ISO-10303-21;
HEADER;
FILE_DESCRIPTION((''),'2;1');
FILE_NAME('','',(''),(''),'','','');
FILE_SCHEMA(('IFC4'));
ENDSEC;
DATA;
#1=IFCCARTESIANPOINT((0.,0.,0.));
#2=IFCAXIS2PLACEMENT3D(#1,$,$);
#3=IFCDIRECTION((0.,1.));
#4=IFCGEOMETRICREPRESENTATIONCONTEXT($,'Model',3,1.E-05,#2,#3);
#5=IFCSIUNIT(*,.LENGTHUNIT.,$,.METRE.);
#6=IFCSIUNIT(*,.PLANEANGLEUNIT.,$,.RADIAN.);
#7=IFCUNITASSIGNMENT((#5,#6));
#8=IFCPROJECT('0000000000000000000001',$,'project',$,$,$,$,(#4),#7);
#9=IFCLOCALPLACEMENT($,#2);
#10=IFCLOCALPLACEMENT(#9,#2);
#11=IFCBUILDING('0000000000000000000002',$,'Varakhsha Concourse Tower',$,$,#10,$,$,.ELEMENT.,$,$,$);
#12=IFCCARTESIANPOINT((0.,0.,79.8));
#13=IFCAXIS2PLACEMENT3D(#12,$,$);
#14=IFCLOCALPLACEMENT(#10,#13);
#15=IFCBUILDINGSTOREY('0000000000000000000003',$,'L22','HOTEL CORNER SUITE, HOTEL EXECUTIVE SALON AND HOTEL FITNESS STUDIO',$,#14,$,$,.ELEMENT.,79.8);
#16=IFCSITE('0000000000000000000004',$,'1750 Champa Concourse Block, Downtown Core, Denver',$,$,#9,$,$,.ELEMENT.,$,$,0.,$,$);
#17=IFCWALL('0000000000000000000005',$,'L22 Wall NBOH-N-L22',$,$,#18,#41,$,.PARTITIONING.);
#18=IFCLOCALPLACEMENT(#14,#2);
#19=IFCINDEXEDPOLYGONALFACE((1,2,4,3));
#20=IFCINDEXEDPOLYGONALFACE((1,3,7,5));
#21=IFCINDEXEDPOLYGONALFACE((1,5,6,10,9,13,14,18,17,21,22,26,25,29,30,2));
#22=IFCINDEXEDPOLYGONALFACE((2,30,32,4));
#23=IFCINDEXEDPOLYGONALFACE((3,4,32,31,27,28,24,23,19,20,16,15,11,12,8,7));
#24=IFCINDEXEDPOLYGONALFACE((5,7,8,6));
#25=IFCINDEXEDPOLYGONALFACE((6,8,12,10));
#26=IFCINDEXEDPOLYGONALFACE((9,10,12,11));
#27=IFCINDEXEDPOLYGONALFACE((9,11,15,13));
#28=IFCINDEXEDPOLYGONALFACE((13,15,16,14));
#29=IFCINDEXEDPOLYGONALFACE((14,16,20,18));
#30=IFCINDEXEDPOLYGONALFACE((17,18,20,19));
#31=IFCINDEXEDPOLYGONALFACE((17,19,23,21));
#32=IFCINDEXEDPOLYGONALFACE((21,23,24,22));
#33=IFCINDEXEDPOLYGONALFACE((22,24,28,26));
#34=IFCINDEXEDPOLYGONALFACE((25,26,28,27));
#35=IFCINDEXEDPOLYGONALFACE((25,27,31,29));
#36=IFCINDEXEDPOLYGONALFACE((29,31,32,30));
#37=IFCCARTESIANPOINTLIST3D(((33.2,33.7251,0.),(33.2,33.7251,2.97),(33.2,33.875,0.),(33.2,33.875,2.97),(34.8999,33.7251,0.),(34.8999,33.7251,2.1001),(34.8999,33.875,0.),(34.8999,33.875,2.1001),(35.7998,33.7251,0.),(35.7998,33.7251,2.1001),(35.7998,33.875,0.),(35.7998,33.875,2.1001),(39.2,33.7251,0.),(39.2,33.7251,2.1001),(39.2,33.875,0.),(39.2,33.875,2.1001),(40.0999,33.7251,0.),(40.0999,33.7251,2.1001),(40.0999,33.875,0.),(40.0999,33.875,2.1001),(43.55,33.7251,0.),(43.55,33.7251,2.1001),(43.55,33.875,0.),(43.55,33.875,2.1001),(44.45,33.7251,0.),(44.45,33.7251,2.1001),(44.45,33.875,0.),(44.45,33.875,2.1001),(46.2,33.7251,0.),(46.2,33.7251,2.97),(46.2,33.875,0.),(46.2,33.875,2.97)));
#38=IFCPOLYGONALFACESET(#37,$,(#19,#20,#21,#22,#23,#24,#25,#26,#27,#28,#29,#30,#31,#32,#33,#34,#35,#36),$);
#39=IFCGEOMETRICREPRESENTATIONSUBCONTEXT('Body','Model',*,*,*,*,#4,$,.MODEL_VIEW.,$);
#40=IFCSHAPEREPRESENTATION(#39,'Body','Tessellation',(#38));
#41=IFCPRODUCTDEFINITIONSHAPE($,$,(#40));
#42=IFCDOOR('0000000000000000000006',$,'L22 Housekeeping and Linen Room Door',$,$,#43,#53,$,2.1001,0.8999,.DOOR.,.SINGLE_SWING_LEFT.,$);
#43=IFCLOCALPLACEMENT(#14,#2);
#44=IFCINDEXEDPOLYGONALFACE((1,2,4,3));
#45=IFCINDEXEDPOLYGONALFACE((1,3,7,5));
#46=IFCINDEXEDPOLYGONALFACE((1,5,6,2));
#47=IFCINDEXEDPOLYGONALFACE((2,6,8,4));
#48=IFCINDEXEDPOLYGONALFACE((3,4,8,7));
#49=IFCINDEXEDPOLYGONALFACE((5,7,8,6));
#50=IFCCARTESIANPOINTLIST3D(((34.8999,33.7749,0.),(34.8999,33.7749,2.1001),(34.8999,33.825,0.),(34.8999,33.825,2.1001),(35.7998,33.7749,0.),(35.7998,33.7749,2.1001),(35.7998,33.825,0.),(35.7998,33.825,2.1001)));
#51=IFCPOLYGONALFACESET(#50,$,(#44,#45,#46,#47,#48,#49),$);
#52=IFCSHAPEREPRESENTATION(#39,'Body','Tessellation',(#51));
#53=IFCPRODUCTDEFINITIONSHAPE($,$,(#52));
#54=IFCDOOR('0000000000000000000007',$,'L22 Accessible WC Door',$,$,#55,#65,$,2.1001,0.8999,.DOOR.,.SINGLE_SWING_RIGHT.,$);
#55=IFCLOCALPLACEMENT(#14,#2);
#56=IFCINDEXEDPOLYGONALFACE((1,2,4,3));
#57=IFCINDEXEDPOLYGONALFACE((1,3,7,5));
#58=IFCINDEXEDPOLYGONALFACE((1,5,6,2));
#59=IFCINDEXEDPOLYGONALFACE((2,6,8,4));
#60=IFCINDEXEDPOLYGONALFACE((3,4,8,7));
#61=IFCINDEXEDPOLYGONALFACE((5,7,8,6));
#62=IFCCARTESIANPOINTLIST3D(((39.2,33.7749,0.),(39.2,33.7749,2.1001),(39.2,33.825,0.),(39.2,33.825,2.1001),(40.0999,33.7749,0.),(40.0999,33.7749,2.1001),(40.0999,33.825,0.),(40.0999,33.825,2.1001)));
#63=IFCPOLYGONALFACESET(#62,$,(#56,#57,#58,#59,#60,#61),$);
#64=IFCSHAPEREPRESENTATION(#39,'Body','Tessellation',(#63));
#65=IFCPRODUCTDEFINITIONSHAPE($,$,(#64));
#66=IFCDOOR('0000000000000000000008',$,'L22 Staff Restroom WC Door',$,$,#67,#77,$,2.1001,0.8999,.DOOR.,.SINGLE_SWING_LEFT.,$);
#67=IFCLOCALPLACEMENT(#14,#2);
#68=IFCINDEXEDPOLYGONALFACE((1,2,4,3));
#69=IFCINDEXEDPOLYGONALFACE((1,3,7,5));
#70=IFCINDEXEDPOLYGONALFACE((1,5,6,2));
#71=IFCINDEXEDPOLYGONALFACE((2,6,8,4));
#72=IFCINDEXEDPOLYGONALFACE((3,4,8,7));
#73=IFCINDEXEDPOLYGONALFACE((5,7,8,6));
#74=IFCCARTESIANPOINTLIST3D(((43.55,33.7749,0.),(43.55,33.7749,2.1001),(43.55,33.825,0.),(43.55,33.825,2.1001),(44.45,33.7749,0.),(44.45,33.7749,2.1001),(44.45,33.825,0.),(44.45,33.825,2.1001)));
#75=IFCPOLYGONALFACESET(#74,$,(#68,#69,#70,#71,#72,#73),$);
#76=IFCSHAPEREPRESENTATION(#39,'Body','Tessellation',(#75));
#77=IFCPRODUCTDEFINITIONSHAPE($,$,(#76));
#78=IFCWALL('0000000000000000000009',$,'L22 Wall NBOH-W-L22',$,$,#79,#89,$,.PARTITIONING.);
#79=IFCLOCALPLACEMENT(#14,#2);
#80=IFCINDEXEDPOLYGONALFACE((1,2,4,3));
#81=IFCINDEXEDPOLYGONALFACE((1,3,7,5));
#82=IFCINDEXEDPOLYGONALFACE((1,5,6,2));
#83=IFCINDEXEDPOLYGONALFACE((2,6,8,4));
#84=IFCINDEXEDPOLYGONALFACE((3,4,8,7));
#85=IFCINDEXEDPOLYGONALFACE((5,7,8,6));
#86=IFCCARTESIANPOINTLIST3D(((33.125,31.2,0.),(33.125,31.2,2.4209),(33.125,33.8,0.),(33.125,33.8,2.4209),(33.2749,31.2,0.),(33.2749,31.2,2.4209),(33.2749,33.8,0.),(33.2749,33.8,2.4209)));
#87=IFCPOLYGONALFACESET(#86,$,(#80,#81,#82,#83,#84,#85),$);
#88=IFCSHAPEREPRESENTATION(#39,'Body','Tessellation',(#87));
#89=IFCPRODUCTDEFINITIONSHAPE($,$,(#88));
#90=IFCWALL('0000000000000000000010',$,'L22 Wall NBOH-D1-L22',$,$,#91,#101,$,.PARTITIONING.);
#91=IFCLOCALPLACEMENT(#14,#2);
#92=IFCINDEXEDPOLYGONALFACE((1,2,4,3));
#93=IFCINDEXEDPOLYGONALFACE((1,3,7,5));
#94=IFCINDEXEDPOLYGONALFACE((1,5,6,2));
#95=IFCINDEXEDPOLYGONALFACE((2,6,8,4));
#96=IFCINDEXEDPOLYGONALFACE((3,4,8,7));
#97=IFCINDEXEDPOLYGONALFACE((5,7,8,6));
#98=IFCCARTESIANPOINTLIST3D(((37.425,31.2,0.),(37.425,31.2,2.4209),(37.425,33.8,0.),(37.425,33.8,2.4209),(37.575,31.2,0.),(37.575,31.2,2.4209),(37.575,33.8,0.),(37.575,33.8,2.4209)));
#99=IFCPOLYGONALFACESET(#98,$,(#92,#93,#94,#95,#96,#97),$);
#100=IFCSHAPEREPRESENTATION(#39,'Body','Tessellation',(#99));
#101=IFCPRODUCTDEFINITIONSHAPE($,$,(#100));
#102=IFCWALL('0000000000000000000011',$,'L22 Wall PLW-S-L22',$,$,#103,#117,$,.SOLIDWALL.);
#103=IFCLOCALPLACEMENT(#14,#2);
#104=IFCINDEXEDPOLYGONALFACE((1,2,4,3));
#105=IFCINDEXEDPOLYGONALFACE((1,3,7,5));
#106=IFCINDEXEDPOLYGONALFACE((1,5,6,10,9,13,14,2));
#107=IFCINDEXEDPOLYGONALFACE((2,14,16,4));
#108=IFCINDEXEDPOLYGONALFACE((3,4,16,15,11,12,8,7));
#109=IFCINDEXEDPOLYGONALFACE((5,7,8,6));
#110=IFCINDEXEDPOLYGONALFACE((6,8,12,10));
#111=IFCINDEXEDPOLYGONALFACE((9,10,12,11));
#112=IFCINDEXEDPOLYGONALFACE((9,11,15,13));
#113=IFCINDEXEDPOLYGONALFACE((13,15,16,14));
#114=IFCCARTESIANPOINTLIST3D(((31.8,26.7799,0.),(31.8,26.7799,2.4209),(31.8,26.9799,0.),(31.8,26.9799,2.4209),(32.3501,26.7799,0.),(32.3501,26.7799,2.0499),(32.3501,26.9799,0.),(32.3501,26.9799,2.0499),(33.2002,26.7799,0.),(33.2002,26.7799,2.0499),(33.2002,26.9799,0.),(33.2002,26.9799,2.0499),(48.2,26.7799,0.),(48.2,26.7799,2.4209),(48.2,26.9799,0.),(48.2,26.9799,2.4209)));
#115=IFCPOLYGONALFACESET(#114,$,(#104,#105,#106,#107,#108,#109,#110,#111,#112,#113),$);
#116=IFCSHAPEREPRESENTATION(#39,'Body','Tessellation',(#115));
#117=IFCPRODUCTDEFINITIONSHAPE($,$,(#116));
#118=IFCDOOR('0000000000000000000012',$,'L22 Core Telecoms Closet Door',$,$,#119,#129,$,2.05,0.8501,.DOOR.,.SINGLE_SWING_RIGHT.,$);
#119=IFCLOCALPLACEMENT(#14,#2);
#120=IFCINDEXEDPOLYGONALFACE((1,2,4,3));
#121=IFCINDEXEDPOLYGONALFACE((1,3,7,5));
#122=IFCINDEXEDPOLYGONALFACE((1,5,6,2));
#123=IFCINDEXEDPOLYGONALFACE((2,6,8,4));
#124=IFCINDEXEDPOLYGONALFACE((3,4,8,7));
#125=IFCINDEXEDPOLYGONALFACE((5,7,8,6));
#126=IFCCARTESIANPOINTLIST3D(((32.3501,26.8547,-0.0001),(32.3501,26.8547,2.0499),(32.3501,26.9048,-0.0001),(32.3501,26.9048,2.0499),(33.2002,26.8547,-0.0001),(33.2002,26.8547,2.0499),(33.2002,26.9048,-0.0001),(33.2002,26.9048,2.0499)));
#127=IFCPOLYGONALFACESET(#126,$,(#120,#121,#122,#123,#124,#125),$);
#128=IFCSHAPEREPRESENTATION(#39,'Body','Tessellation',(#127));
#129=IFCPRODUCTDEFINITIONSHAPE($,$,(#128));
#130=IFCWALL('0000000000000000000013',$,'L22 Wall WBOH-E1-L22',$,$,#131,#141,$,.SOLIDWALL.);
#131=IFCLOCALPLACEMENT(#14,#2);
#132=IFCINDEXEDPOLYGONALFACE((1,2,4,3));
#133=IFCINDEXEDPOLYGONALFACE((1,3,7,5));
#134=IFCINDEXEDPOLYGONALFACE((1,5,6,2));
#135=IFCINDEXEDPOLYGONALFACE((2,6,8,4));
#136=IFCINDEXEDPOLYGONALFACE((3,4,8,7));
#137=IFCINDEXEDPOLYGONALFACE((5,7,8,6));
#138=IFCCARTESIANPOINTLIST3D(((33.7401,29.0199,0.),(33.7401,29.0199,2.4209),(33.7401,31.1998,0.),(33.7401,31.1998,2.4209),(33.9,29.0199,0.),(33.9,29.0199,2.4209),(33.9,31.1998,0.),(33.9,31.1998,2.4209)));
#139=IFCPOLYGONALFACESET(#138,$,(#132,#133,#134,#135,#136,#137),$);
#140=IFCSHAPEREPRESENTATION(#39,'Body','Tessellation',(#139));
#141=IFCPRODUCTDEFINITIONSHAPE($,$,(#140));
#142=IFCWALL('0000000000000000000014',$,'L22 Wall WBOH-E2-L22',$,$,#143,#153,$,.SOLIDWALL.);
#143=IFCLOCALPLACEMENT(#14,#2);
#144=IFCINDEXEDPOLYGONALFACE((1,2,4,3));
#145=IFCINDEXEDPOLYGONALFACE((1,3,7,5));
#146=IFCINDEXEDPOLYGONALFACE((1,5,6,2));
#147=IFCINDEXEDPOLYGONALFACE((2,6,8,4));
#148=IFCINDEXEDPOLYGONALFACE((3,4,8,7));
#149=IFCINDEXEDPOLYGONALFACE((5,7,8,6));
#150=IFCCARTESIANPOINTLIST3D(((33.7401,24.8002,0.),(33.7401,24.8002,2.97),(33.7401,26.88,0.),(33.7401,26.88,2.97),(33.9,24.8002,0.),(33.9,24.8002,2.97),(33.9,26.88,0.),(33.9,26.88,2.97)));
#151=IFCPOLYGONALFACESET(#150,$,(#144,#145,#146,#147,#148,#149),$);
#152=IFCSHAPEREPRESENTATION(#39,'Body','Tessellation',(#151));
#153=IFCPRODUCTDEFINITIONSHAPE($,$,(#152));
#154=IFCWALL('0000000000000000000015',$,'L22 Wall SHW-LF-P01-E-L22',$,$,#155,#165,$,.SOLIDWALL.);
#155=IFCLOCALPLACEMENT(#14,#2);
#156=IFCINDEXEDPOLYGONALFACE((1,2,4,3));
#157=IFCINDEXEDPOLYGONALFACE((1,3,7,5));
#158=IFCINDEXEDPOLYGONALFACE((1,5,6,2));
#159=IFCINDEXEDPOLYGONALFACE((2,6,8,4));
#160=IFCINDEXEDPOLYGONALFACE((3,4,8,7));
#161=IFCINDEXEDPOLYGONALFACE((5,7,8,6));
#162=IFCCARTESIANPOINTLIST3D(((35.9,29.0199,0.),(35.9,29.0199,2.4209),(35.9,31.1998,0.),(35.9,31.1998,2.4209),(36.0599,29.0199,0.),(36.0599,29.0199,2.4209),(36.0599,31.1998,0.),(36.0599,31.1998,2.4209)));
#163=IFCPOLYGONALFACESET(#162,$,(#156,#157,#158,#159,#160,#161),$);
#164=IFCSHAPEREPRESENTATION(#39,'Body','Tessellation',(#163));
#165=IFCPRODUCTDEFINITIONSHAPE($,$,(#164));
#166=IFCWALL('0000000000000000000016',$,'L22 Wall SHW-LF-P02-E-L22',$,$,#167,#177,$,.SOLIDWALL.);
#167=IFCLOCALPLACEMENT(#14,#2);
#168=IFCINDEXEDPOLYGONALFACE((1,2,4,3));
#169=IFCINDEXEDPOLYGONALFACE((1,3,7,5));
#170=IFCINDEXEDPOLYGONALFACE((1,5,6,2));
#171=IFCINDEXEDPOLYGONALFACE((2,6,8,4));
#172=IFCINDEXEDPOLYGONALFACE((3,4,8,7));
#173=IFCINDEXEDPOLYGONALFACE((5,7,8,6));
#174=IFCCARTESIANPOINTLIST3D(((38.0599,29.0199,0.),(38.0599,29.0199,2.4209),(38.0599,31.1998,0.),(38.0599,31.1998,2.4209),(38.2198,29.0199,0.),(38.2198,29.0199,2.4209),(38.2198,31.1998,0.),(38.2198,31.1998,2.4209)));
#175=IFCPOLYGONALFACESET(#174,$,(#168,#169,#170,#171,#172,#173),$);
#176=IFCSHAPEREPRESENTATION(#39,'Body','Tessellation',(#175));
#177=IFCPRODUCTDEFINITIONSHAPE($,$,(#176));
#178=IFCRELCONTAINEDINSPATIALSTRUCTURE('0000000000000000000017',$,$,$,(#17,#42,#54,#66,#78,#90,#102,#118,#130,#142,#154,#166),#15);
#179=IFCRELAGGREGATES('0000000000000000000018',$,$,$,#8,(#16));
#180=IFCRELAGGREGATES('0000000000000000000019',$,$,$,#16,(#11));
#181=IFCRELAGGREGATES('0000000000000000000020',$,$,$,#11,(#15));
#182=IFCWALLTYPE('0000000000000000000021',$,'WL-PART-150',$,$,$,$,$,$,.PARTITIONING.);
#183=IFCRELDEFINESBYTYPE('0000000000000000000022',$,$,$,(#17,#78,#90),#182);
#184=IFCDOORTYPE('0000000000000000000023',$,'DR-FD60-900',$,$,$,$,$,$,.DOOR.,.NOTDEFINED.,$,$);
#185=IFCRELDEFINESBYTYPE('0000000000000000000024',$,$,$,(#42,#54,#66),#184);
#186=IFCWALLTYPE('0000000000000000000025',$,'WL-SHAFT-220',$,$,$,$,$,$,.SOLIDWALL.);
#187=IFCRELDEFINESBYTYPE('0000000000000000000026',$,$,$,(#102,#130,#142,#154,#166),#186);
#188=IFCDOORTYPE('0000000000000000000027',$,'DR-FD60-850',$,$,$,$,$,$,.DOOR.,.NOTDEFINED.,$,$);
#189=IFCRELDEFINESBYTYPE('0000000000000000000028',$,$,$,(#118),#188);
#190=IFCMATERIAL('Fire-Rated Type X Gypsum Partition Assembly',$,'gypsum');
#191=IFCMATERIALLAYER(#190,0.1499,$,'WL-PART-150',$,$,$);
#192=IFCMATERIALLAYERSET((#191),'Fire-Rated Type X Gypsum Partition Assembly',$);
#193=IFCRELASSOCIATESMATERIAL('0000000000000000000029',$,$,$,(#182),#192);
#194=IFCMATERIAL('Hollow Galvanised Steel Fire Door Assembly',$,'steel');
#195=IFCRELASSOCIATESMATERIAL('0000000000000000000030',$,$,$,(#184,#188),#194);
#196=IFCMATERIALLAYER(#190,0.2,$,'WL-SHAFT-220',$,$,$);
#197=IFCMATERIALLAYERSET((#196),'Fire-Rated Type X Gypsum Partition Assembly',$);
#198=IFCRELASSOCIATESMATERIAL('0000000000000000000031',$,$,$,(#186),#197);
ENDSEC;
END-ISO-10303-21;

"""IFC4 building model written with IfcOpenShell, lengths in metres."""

from ifc_helpers import new_model, si_unit, direction, frame, frame_2d, origin, place, context, subcontext, project, spatial, rectangle, extrude, material, layer, layer_set, type_object, element, fill, save


model = new_model("IFC4")

# Units and contexts
model_context = context("Model", 3, precision=1e-05, world=origin(), true_north=direction((0.0, 1.0)))
body_context = subcontext(model_context, "Body", "Model", "MODEL_VIEW")
ifc_project = project(units=[si_unit("LENGTHUNIT", "METRE"), si_unit("PLANEANGLEUNIT", "RADIAN")], contexts=[model_context])

# Site, building, storey
site_placement = place(None, origin())
site = spatial("IfcSite", under=ifc_project, at=site_placement, Name="1750 Champa Concourse Block, Downtown Core, Denver", CompositionType="ELEMENT", RefElevation=0.0)
building_placement = place(site_placement, origin())
building = spatial("IfcBuilding", under=site, at=building_placement, Name="Varakhsha Concourse Tower", CompositionType="ELEMENT")
storey_placement = place(building_placement, frame((0.0, 0.0, 79.8)))
storey = spatial("IfcBuildingStorey", under=building, at=storey_placement, Name="L22", Description="HOTEL CORNER SUITE, HOTEL EXECUTIVE SALON AND HOTEL FITNESS STUDIO", CompositionType="ELEMENT", Elevation=79.8)

# Wall, openings, doors
ifc_material_1 = material(Name="Fire-Rated Type X Gypsum Partition Assembly", Category="gypsum")
ifc_layer_1 = layer(ifc_material_1, 0.1499, Name="WL-PART-150")
ifc_layer_set_1 = layer_set([ifc_layer_1], Name="Fire-Rated Type X Gypsum Partition Assembly")
wall_type_1 = type_object("IfcWallType", Name="WL-PART-150", PredefinedType="PARTITIONING", material=ifc_layer_set_1)
wall_1_placement = place(storey_placement, frame((33.2, 33.8, 0.0), z_axis=(0.0, 0.0, 1.0), x_axis=(1.0, 0.0, 0.0)))
wall_1 = element("IfcWall", 1, at=wall_1_placement, inside=storey, type_object=wall_type_1, Name="L22 Wall NBOH-N-L22", PredefinedType="PARTITIONING", context=body_context, shape_type="SweptSolid", body=[
    extrude(rectangle(XDim=13.0, YDim=0.1499, at=frame_2d((6.5, 0.0))), origin(), (0.0, 0.0, 1.0), 2.97),
])
opening_1_placement = place(wall_1_placement, frame((1.7, 0.0, 0.0)))
opening_1 = element("IfcOpeningElement", 2, at=opening_1_placement, cuts=wall_1, PredefinedType="OPENING", context=body_context, shape_type="SweptSolid", body=[
    extrude(rectangle(XDim=0.8999, YDim=2.1001, at=frame_2d((0.45, 1.05))), frame((0.0, 0.085, 0.0), z_axis=(0.0, -1.0, 0.0), x_axis=(1.0, 0.0, 0.0)), (0.0, 0.0, 1.0), 0.1699),
])
opening_2_placement = place(wall_1_placement, frame((6.0, 0.0, 0.0)))
opening_2 = element("IfcOpeningElement", 3, at=opening_2_placement, cuts=wall_1, PredefinedType="OPENING", context=body_context, shape_type="SweptSolid", body=[
    extrude(rectangle(XDim=0.8999, YDim=2.1001, at=frame_2d((0.45, 1.05))), frame((0.0, 0.085, 0.0), z_axis=(0.0, -1.0, 0.0), x_axis=(1.0, 0.0, 0.0)), (0.0, 0.0, 1.0), 0.1699),
])
opening_3_placement = place(wall_1_placement, frame((10.3501, 0.0, 0.0)))
opening_3 = element("IfcOpeningElement", 4, at=opening_3_placement, cuts=wall_1, PredefinedType="OPENING", context=body_context, shape_type="SweptSolid", body=[
    extrude(rectangle(XDim=0.8999, YDim=2.1001, at=frame_2d((0.45, 1.05))), frame((0.0, 0.085, 0.0), z_axis=(0.0, -1.0, 0.0), x_axis=(1.0, 0.0, 0.0)), (0.0, 0.0, 1.0), 0.1699),
])
ifc_material_2 = material(Name="Hollow Galvanised Steel Fire Door Assembly", Category="steel")
door_type_1 = type_object("IfcDoorType", Name="DR-FD60-900", OperationType="NOTDEFINED", PredefinedType="DOOR", material=ifc_material_2)
door_1_placement = place(opening_1_placement, origin())
door_1 = element("IfcDoor", 5, at=door_1_placement, inside=storey, type_object=door_type_1, Name="L22 Housekeeping and Linen Room Door", OperationType="SINGLE_SWING_LEFT", OverallHeight=2.1001, OverallWidth=0.8999, PredefinedType="DOOR", context=body_context, shape_type="SweptSolid", body=[
    extrude(rectangle(XDim=0.8999, YDim=2.1001, at=frame_2d((0.45, 1.05))), frame((0.0, 0.0249, 0.0), z_axis=(0.0, -1.0, 0.0), x_axis=(1.0, 0.0, 0.0)), (0.0, 0.0, 1.0), 0.05),
])
fill(opening_1, door_1)
door_2_placement = place(opening_2_placement, origin())
door_2 = element("IfcDoor", 6, at=door_2_placement, inside=storey, type_object=door_type_1, Name="L22 Accessible WC Door", OperationType="SINGLE_SWING_RIGHT", OverallHeight=2.1001, OverallWidth=0.8999, PredefinedType="DOOR", context=body_context, shape_type="SweptSolid", body=[
    extrude(rectangle(XDim=0.8999, YDim=2.1001, at=frame_2d((0.45, 1.05))), frame((0.0, 0.0249, 0.0), z_axis=(0.0, -1.0, 0.0), x_axis=(1.0, 0.0, 0.0)), (0.0, 0.0, 1.0), 0.05),
])
fill(opening_2, door_2)
door_3_placement = place(opening_3_placement, origin())
door_3 = element("IfcDoor", 7, at=door_3_placement, inside=storey, type_object=door_type_1, Name="L22 Staff Restroom WC Door", OperationType="SINGLE_SWING_LEFT", OverallHeight=2.1001, OverallWidth=0.8999, PredefinedType="DOOR", context=body_context, shape_type="SweptSolid", body=[
    extrude(rectangle(XDim=0.8999, YDim=2.1001, at=frame_2d((0.45, 1.05))), frame((0.0, 0.0249, 0.0), z_axis=(0.0, -1.0, 0.0), x_axis=(1.0, 0.0, 0.0)), (0.0, 0.0, 1.0), 0.05),
])
fill(opening_3, door_3)

# Walls
for number, where, z_axis, x_axis, name in (
    (8, (33.2, 31.2, 0.0), (0.0, 0.0, 1.0), (0.0, 1.0, 0.0), "L22 Wall NBOH-W-L22"),
    (9, (37.5, 31.2, 0.0), (0.0, 0.0, 1.0), (0.0, 1.0, 0.0), "L22 Wall NBOH-D1-L22"),
):
    element("IfcWall", number, at=place(storey_placement, frame(where, z_axis=z_axis, x_axis=x_axis)), inside=storey, type_object=wall_type_1, Name=name, PredefinedType="PARTITIONING", context=body_context, shape_type="SweptSolid", body=[
        extrude(rectangle(XDim=2.6001, YDim=0.1499, at=frame_2d((1.3, 0.0))), origin(), (0.0, 0.0, 1.0), 2.4209),
    ])

# Shared definitions
ifc_layer_2 = layer(ifc_material_1, 0.2, Name="WL-SHAFT-220")
ifc_layer_set_2 = layer_set([ifc_layer_2], Name="Fire-Rated Type X Gypsum Partition Assembly")
wall_type_2 = type_object("IfcWallType", Name="WL-SHAFT-220", PredefinedType="SOLIDWALL", material=ifc_layer_set_2)

# Wall, opening, door
wall_2_placement = place(storey_placement, frame((31.8, 26.8799, 0.0), z_axis=(0.0, 0.0, 1.0), x_axis=(1.0, 0.0, 0.0)))
wall_2 = element("IfcWall", 10, at=wall_2_placement, inside=storey, type_object=wall_type_2, Name="L22 Wall PLW-S-L22", PredefinedType="SOLIDWALL", context=body_context, shape_type="SweptSolid", body=[
    extrude(rectangle(XDim=16.3999, YDim=0.2, at=frame_2d((8.2, 0.0))), origin(), (0.0, 0.0, 1.0), 2.4209),
])
opening_4_placement = place(wall_2_placement, frame((0.55, 0.0, 0.0)))
opening_4 = element("IfcOpeningElement", 11, at=opening_4_placement, cuts=wall_2, PredefinedType="OPENING", context=body_context, shape_type="SweptSolid", body=[
    extrude(rectangle(XDim=0.8501, YDim=2.05, at=frame_2d((0.425, 1.0249))), frame((0.0, 0.1099, 0.0), z_axis=(0.0, -1.0, 0.0), x_axis=(1.0, 0.0, 0.0)), (0.0, 0.0, 1.0), 0.22),
])
door_type_2 = type_object("IfcDoorType", Name="DR-FD60-850", OperationType="NOTDEFINED", PredefinedType="DOOR", material=ifc_material_2)
door_4_placement = place(opening_4_placement, origin())
door_4 = element("IfcDoor", 12, at=door_4_placement, inside=storey, type_object=door_type_2, Name="L22 Core Telecoms Closet Door", OperationType="SINGLE_SWING_RIGHT", OverallHeight=2.05, OverallWidth=0.8501, PredefinedType="DOOR", context=body_context, shape_type="SweptSolid", body=[
    extrude(rectangle(XDim=0.8501, YDim=2.05, at=frame_2d((0.425, 1.0249))), frame((0.0, 0.0249, 0.0), z_axis=(0.0, -1.0, 0.0), x_axis=(1.0, 0.0, 0.0)), (0.0, 0.0, 1.0), 0.05),
])
fill(opening_4, door_4)

# Walls
wall_3_placement = place(storey_placement, frame((33.8201, 29.02, 0.0), z_axis=(0.0, 0.0, 1.0), x_axis=(0.0, 1.0, 0.0)))
element("IfcWall", 13, at=wall_3_placement, inside=storey, type_object=wall_type_2, Name="L22 Wall WBOH-E1-L22", PredefinedType="SOLIDWALL", context=body_context, shape_type="SweptSolid", body=[
    extrude(rectangle(XDim=2.1799, YDim=0.1599, at=frame_2d((1.0898, 0.0))), origin(), (0.0, 0.0, 1.0), 2.4209),
])
wall_4_placement = place(storey_placement, frame((33.8201, 24.8, 0.0), z_axis=(0.0, 0.0, 1.0), x_axis=(0.0, 1.0, 0.0)))
element("IfcWall", 14, at=wall_4_placement, inside=storey, type_object=wall_type_2, Name="L22 Wall WBOH-E2-L22", PredefinedType="SOLIDWALL", context=body_context, shape_type="SweptSolid", body=[
    extrude(rectangle(XDim=2.0798, YDim=0.1599, at=frame_2d((1.04, 0.0))), origin(), (0.0, 0.0, 1.0), 2.97),
])
for number, where, z_axis, x_axis, name in (
    (15, (35.98, 29.02, 0.0), (0.0, 0.0, 1.0), (0.0, 1.0, 0.0), "L22 Wall SHW-LF-P01-E-L22"),
    (16, (38.1399, 29.02, 0.0), (0.0, 0.0, 1.0), (0.0, 1.0, 0.0), "L22 Wall SHW-LF-P02-E-L22"),
):
    element("IfcWall", number, at=place(storey_placement, frame(where, z_axis=z_axis, x_axis=x_axis)), inside=storey, type_object=wall_type_2, Name=name, PredefinedType="SOLIDWALL", context=body_context, shape_type="SweptSolid", body=[
        extrude(rectangle(XDim=2.1799, YDim=0.1599, at=frame_2d((1.0898, 0.0))), origin(), (0.0, 0.0, 1.0), 2.4209),
    ])

save(model, "model.ifc")
